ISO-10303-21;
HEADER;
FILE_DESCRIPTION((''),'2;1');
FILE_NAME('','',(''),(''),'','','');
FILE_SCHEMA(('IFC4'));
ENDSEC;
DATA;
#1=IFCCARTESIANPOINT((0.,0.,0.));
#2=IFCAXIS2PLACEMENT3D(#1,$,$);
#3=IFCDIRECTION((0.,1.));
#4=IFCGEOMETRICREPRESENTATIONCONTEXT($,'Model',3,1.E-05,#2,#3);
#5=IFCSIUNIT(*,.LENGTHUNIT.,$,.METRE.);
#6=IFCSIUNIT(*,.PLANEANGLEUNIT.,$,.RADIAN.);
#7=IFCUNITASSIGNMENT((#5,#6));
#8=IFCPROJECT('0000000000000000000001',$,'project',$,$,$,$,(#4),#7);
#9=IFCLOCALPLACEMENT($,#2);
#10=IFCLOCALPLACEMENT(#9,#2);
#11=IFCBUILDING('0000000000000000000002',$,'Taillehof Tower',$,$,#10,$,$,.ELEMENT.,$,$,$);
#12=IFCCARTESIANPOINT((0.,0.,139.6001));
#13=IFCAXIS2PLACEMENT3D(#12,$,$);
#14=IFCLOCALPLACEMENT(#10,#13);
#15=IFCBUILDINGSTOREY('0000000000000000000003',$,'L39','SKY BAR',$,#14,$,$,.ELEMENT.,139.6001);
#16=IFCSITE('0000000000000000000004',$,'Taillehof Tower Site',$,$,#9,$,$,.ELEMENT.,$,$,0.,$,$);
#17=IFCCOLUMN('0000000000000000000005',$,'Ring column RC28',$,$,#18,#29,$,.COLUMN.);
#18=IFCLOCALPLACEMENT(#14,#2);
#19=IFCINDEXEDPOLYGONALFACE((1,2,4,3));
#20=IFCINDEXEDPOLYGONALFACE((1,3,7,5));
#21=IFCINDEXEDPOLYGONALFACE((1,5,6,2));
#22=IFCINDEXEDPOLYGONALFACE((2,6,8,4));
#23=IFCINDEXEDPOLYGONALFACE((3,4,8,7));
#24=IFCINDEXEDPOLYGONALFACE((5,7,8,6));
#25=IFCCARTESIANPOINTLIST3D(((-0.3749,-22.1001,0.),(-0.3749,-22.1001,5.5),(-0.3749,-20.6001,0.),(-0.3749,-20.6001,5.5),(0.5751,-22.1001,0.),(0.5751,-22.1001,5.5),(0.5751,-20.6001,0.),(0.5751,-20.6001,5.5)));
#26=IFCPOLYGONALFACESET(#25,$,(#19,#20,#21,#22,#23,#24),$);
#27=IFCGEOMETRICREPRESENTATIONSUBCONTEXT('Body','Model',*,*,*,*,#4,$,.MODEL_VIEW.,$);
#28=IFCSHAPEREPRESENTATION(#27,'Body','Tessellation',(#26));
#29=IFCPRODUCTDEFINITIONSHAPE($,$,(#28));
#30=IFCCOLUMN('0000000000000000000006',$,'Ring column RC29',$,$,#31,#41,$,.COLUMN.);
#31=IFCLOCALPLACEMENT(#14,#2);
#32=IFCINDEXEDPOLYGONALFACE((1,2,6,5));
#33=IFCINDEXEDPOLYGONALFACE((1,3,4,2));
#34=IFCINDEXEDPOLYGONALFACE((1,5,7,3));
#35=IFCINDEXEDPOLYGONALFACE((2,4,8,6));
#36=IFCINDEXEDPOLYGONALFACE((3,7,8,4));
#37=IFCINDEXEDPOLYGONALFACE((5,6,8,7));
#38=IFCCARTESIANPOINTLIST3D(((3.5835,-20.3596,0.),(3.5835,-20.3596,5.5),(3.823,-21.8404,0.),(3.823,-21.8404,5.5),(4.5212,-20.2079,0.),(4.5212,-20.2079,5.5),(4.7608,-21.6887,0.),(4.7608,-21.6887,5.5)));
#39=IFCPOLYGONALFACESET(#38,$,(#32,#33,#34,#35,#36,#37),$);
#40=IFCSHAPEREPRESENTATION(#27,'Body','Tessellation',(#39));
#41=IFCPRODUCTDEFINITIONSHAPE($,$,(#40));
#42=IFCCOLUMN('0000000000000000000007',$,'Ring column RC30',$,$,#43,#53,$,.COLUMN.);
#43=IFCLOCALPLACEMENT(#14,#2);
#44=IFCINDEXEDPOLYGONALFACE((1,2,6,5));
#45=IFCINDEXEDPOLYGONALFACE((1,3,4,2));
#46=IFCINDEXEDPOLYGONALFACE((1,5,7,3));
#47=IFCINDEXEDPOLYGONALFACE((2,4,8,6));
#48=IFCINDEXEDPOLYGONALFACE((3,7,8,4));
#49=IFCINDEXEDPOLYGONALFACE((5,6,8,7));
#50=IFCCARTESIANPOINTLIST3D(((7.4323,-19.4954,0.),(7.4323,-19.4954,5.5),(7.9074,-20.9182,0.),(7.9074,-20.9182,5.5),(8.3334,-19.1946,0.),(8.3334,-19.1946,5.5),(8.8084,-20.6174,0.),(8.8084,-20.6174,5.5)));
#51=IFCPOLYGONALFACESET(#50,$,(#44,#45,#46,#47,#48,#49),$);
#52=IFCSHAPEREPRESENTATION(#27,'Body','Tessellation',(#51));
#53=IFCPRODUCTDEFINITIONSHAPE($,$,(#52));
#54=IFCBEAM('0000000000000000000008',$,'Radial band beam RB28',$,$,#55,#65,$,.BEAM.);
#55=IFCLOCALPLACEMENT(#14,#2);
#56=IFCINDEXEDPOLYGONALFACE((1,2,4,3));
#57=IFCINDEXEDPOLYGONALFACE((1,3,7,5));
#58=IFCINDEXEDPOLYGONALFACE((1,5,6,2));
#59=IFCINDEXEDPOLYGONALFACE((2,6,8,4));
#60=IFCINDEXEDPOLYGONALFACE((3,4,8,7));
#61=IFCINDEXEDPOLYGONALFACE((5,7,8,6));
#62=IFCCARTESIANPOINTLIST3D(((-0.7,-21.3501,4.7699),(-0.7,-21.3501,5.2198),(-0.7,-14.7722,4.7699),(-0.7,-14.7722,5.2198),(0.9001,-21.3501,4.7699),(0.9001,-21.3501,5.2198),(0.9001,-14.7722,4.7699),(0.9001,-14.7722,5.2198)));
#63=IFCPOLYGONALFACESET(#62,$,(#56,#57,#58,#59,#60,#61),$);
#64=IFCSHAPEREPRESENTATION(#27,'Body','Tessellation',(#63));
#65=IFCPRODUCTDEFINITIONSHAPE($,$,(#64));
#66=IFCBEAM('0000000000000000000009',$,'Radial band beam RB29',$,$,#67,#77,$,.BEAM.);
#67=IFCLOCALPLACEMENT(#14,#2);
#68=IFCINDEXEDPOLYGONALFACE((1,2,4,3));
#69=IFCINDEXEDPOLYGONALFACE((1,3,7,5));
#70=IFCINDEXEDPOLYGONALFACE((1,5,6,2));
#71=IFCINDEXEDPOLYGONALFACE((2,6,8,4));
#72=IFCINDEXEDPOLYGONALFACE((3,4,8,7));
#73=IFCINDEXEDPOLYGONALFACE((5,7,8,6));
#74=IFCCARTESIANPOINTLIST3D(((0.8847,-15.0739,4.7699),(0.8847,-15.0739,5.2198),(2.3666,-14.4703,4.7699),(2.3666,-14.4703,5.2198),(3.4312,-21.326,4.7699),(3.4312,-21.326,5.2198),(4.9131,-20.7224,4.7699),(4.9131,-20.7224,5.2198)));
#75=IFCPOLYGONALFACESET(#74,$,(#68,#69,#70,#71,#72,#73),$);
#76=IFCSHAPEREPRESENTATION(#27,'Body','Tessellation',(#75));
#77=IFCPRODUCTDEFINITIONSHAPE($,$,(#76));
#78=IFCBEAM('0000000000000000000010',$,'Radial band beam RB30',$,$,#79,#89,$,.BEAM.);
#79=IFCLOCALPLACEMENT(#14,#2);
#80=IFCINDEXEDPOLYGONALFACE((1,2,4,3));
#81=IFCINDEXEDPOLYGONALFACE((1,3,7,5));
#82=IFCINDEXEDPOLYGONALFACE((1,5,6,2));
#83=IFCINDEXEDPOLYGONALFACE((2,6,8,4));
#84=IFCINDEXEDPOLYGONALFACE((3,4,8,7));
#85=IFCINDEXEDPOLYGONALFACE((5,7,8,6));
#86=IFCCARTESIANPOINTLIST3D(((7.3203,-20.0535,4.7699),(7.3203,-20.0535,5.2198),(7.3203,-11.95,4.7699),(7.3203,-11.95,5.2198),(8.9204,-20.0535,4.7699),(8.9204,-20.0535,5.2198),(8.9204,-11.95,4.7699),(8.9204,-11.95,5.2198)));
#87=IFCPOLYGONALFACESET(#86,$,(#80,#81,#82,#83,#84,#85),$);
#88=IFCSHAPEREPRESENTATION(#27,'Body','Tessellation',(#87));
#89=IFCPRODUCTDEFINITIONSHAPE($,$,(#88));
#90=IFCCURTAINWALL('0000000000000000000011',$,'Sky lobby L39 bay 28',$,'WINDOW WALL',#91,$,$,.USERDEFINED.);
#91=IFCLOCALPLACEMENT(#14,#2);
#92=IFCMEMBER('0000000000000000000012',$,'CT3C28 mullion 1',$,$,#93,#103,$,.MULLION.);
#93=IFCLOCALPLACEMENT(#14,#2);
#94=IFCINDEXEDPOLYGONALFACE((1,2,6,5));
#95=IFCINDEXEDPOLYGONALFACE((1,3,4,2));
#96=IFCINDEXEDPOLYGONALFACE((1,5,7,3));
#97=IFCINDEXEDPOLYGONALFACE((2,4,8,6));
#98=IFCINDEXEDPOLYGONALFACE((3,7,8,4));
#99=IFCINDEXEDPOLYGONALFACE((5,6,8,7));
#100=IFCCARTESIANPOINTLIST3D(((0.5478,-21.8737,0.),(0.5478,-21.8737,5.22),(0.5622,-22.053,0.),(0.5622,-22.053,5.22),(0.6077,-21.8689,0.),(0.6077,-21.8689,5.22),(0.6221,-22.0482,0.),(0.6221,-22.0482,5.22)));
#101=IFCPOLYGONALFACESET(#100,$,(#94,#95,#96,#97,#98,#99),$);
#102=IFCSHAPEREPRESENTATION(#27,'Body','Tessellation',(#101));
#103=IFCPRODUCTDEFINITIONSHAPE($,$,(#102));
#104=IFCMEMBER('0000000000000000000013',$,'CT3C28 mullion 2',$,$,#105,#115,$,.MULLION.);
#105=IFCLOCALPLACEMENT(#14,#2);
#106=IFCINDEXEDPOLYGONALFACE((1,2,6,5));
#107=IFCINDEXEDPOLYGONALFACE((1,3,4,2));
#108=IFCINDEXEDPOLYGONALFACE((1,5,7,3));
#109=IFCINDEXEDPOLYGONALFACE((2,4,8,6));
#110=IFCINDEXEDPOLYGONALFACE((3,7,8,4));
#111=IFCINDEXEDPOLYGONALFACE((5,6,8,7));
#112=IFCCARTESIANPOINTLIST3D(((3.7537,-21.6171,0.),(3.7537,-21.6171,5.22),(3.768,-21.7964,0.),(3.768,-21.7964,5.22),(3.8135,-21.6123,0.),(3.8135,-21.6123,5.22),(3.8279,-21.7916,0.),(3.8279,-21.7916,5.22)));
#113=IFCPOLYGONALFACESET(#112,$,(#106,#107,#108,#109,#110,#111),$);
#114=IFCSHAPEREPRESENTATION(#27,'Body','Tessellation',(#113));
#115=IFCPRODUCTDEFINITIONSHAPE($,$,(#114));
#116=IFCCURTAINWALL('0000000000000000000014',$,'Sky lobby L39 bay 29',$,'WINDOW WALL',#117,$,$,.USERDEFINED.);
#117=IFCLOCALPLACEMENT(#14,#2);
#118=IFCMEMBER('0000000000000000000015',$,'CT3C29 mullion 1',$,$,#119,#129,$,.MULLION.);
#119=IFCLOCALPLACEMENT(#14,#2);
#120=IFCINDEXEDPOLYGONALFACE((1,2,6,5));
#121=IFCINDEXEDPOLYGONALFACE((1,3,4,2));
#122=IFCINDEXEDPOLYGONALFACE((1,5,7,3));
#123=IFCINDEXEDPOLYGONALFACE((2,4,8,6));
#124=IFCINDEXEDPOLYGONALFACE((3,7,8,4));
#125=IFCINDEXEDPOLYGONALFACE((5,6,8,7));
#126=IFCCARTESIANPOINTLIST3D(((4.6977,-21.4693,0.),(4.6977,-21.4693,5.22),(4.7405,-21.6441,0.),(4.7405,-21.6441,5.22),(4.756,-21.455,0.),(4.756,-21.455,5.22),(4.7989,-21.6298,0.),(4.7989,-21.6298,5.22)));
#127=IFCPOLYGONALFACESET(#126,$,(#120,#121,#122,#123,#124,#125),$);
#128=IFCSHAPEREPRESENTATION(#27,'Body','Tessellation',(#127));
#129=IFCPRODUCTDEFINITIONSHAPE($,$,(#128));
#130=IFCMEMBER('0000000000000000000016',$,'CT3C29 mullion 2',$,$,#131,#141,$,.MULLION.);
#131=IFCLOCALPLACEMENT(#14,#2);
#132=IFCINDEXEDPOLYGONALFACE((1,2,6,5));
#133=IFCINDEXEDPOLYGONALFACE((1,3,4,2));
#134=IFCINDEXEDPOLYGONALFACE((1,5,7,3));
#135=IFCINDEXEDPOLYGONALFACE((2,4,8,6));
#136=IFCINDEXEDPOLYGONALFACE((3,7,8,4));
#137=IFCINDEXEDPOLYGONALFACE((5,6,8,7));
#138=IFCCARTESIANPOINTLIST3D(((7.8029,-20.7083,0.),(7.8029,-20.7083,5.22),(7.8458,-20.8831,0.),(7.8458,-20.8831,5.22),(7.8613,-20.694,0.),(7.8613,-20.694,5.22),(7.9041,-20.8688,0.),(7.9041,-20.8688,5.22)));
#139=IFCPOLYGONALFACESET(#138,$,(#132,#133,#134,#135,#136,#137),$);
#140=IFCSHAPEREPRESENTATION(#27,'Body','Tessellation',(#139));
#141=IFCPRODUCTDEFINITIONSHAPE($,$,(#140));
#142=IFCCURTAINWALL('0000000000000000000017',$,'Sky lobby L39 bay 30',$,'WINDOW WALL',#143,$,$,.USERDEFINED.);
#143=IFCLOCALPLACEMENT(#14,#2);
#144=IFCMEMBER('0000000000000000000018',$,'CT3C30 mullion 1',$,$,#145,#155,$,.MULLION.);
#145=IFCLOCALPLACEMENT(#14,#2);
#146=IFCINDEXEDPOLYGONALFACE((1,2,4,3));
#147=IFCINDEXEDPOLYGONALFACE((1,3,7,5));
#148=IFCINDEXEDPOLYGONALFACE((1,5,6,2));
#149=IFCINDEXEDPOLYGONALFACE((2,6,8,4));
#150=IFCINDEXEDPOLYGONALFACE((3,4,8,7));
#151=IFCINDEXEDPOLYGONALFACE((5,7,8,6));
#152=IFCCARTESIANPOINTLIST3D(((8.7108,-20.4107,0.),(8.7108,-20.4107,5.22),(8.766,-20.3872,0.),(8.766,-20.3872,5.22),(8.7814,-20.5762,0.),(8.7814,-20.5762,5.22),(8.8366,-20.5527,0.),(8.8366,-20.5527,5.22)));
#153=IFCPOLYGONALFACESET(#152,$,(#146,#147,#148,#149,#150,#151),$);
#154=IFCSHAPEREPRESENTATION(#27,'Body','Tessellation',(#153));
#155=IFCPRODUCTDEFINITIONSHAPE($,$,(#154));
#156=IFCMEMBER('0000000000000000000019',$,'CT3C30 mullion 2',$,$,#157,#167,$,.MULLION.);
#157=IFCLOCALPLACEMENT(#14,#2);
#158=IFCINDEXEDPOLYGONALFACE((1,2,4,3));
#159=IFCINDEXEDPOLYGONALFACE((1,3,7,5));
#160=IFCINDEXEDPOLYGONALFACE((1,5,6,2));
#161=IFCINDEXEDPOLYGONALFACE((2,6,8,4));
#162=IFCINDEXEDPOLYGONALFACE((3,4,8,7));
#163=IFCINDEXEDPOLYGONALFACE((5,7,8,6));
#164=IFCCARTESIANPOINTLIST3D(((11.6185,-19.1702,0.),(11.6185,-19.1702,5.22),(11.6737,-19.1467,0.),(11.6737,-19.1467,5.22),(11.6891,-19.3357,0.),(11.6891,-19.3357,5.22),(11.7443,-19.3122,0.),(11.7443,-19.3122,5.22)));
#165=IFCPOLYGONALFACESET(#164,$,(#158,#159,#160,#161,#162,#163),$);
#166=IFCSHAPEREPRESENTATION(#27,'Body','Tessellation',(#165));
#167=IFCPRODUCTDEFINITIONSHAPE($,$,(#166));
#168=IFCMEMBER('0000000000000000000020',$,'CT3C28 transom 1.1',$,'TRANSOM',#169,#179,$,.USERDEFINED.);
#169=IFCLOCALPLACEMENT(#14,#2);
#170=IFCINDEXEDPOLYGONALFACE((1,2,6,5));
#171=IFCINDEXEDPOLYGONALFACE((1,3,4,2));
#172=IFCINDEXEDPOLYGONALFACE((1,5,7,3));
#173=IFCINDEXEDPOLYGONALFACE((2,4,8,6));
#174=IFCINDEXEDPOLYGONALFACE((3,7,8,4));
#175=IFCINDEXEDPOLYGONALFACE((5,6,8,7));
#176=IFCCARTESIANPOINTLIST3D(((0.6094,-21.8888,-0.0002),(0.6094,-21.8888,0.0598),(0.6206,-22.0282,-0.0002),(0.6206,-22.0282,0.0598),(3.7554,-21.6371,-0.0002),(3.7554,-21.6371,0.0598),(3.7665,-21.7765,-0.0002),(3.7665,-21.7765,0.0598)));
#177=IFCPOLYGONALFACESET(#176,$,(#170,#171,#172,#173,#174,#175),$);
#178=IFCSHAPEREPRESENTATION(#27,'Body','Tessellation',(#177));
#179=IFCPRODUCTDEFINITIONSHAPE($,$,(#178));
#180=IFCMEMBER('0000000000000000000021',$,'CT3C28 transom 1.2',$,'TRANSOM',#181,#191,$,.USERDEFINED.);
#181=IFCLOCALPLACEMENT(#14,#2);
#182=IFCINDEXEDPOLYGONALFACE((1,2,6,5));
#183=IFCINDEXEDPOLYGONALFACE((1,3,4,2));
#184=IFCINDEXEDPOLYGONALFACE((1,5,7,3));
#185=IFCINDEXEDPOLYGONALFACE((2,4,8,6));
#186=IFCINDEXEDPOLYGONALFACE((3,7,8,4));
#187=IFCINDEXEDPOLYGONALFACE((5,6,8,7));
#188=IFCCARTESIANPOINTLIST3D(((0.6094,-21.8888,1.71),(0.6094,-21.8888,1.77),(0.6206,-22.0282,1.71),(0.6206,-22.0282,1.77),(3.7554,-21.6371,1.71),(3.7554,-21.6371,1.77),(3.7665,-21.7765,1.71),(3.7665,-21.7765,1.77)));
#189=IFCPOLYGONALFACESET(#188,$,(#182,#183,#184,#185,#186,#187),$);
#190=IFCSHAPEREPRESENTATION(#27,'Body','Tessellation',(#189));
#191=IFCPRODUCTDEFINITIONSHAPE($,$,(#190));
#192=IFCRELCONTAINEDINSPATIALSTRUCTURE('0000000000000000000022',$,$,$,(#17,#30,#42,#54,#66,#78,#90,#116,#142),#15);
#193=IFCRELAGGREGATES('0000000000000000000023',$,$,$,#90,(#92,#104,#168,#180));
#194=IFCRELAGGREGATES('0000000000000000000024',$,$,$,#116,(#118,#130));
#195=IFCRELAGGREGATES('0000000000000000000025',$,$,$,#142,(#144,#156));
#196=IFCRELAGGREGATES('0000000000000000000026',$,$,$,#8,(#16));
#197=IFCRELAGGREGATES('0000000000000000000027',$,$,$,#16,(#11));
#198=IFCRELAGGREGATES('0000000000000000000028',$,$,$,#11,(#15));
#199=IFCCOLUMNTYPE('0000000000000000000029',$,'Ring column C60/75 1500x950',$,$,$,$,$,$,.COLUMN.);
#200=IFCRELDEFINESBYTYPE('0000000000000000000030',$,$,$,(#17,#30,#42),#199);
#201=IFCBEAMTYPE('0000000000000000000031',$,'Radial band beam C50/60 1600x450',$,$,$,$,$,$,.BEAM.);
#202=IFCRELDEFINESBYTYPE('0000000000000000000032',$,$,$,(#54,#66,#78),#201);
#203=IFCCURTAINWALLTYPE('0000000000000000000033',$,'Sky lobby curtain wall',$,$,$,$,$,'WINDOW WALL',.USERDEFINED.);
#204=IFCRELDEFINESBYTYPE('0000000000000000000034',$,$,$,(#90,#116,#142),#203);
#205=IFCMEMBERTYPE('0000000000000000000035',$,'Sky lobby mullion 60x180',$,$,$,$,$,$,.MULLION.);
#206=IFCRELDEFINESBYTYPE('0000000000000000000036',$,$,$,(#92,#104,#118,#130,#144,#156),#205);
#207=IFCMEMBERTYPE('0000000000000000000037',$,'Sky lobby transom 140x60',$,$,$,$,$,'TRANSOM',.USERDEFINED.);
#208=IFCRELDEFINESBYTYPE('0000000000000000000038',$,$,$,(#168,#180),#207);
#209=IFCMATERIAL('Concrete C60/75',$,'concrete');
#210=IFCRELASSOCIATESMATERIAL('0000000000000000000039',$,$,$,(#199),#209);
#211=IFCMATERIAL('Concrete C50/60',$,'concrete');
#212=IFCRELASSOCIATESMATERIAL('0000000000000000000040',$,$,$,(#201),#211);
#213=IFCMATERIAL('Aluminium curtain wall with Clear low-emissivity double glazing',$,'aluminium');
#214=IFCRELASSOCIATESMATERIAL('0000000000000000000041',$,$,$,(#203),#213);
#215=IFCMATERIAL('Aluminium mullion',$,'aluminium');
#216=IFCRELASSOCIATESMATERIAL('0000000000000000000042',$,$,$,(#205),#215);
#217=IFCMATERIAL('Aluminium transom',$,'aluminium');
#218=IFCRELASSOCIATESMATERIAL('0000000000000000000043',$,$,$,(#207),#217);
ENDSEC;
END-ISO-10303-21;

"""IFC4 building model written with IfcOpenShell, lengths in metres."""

from ifc_helpers import new_model, si_unit, direction, frame, origin, origin_2d, place, context, subcontext, project, spatial, rectangle, extrude, material, material_profile, profile_set, type_object, element, aggregate, save


model = new_model("IFC4")

# Units and contexts
model_context = context("Model", 3, precision=1e-05, world=origin(), true_north=direction((0.0, 1.0)))
body_context = subcontext(model_context, "Body", "Model", "MODEL_VIEW")
ifc_project = project(units=[si_unit("LENGTHUNIT", "METRE"), si_unit("PLANEANGLEUNIT", "RADIAN")], contexts=[model_context])

# Site, building, storey
site_placement = place(None, origin())
site = spatial("IfcSite", under=ifc_project, at=site_placement, Name="Taillehof Tower Site", CompositionType="ELEMENT", RefElevation=0.0)
building_placement = place(site_placement, origin())
building = spatial("IfcBuilding", under=site, at=building_placement, Name="Taillehof Tower", CompositionType="ELEMENT")
storey_placement = place(building_placement, frame((0.0, 0.0, 139.6001)))
storey = spatial("IfcBuildingStorey", under=building, at=storey_placement, Name="L39", Description="SKY BAR", CompositionType="ELEMENT", Elevation=139.6001)

# Columns
ifc_material_1 = material(Name="Concrete C60/75", Category="concrete")
ifc_material_profile_1 = material_profile(ifc_material_1, rectangle(XDim=1.5, YDim=0.95, at=origin_2d()), Name="RC 1500x950")
ifc_profile_set_1 = profile_set([ifc_material_profile_1], Name="Concrete C60/75")
column_type = type_object("IfcColumnType", Name="Ring column C60/75 1500x950", PredefinedType="COLUMN", material=ifc_profile_set_1)
for number, where, z_axis, x_axis, name in (
    (1, (0.1001, -21.3501, 0.0), (0.0, 0.0, 1.0), (0.0, -1.0, 0.0), "Ring column RC28"),
    (2, (4.1721, -21.0242, 0.0), (0.0, 0.0, 1.0), (0.159679, -0.987169, 0.0), "Ring column RC29"),
    (3, (8.1204, -20.0564, 0.0), (0.0, 0.0, 1.0), (0.316703, -0.948525, 0.0), "Ring column RC30"),
):
    element("IfcColumn", number, at=place(storey_placement, frame(where, z_axis=z_axis, x_axis=x_axis)), inside=storey, type_object=column_type, Name=name, PredefinedType="COLUMN", context=body_context, shape_type="SweptSolid", body=[
        extrude(rectangle(XDim=1.5, YDim=0.95, at=origin_2d()), origin(), (0.0, 0.0, 1.0), 5.5),
    ])

# Beams
ifc_material_2 = material(Name="Concrete C50/60", Category="concrete")
ifc_material_profile_2 = material_profile(ifc_material_2, rectangle(XDim=1.6001, YDim=0.45, at=origin_2d()), Name="RC 1600x450")
ifc_profile_set_2 = profile_set([ifc_material_profile_2], Name="Concrete C50/60")
beam_type_1 = type_object("IfcBeamType", Name="Radial band beam C50/60 1600x450", PredefinedType="BEAM", material=ifc_profile_set_2)
beam_1_placement = place(storey_placement, frame((0.1001, -21.3501, 4.9949), z_axis=(0.0, 1.0, 0.0), x_axis=(-1.0, 0.0, 0.0)))
element("IfcBeam", 4, at=beam_1_placement, inside=storey, type_object=beam_type_1, Name="Radial band beam RB28", PredefinedType="BEAM", context=body_context, shape_type="SweptSolid", body=[
    extrude(rectangle(XDim=1.6001, YDim=0.45, at=origin_2d()), origin(), (0.0, 0.0, 1.0), 6.5779),
])
beam_2_placement = place(storey_placement, frame((4.1721, -21.0242, 4.9949), z_axis=(-0.377207, 0.926129, 0.0), x_axis=(-0.926129, -0.377207, 0.0)))
element("IfcBeam", 5, at=beam_2_placement, inside=storey, type_object=beam_type_1, Name="Radial band beam RB29", PredefinedType="BEAM", context=body_context, shape_type="SweptSolid", body=[
    extrude(rectangle(XDim=1.6001, YDim=0.45, at=origin_2d()), origin(), (0.0, 0.0, 1.0), 6.7507),
])
beam_3_placement = place(storey_placement, frame((8.1204, -20.0535, 4.9949), z_axis=(0.0, 1.0, 0.0), x_axis=(-1.0, 0.0, 0.0)))
element("IfcBeam", 6, at=beam_3_placement, inside=storey, type_object=beam_type_1, Name="Radial band beam RB30", PredefinedType="BEAM", context=body_context, shape_type="SweptSolid", body=[
    extrude(rectangle(XDim=1.6001, YDim=0.45, at=origin_2d()), origin(), (0.0, 0.0, 1.0), 8.1035),
])

# Curtain walls, members
ifc_material_3 = material(Name="Aluminium curtain wall with Clear low-emissivity double glazing", Category="aluminium")
curtain_wall_type = type_object("IfcCurtainWallType", Name="Sky lobby curtain wall", ElementType="WINDOW WALL", PredefinedType="USERDEFINED", material=ifc_material_3)
curtain_wall_1_placement = place(storey_placement, origin())
curtain_wall_1 = element("IfcCurtainWall", 7, at=curtain_wall_1_placement, inside=storey, type_object=curtain_wall_type, Name="Sky lobby L39 bay 28", ObjectType="WINDOW WALL", PredefinedType="USERDEFINED")
ifc_material_4 = material(Name="Aluminium mullion", Category="aluminium")
ifc_material_profile_3 = material_profile(ifc_material_4, rectangle(XDim=0.1799, YDim=0.0601, at=origin_2d()), Name="AL 60x180")
ifc_profile_set_3 = profile_set([ifc_material_profile_3], Name="Aluminium mullion")
member_type_1 = type_object("IfcMemberType", Name="Sky lobby mullion 60x180", PredefinedType="MULLION", material=ifc_profile_set_3)
member_1_placement = place(storey_placement, frame((0.585, -21.9609, 0.0), z_axis=(0.0, 0.0, 1.0), x_axis=(-0.079781, 0.996812, 0.0)))
member_1 = element("IfcMember", 8, at=member_1_placement, type_object=member_type_1, Name="CT3C28 mullion 1", PredefinedType="MULLION", context=body_context, shape_type="SweptSolid", body=[
    extrude(rectangle(XDim=0.1799, YDim=0.0601, at=origin_2d()), origin(), (0.0, 0.0, 1.0), 5.22),
])
member_2_placement = place(storey_placement, frame((3.7908, -21.7043, 0.0), z_axis=(0.0, 0.0, 1.0), x_axis=(-0.079781, 0.996812, 0.0)))
member_2 = element("IfcMember", 9, at=member_2_placement, type_object=member_type_1, Name="CT3C28 mullion 2", PredefinedType="MULLION", context=body_context, shape_type="SweptSolid", body=[
    extrude(rectangle(XDim=0.1799, YDim=0.0601, at=origin_2d()), origin(), (0.0, 0.0, 1.0), 5.22),
])
curtain_wall_2_placement = place(storey_placement, origin())
curtain_wall_2 = element("IfcCurtainWall", 10, at=curtain_wall_2_placement, inside=storey, type_object=curtain_wall_type, Name="Sky lobby L39 bay 29", ObjectType="WINDOW WALL", PredefinedType="USERDEFINED")
member_3_placement = place(storey_placement, frame((4.7483, -21.5496, 0.0), z_axis=(0.0, 0.0, 1.0), x_axis=(-0.238077, 0.971246, 0.0)))
member_3 = element("IfcMember", 11, at=member_3_placement, type_object=member_type_1, Name="CT3C29 mullion 1", PredefinedType="MULLION", context=body_context, shape_type="SweptSolid", body=[
    extrude(rectangle(XDim=0.1799, YDim=0.0601, at=origin_2d()), origin(), (0.0, 0.0, 1.0), 5.22),
])
member_4_placement = place(storey_placement, frame((7.8535, -20.7886, 0.0), z_axis=(0.0, 0.0, 1.0), x_axis=(-0.238077, 0.971246, 0.0)))
member_4 = element("IfcMember", 12, at=member_4_placement, type_object=member_type_1, Name="CT3C29 mullion 2", PredefinedType="MULLION", context=body_context, shape_type="SweptSolid", body=[
    extrude(rectangle(XDim=0.1799, YDim=0.0601, at=origin_2d()), origin(), (0.0, 0.0, 1.0), 5.22),
])
curtain_wall_3_placement = place(storey_placement, origin())
curtain_wall_3 = element("IfcCurtainWall", 13, at=curtain_wall_3_placement, inside=storey, type_object=curtain_wall_type, Name="Sky lobby L39 bay 30", ObjectType="WINDOW WALL", PredefinedType="USERDEFINED")
member_5_placement = place(storey_placement, frame((8.7737, -20.4817, 0.0), z_axis=(0.0, 0.0, 1.0), x_axis=(-0.392379, 0.919804, 0.0)))
member_5 = element("IfcMember", 14, at=member_5_placement, type_object=member_type_1, Name="CT3C30 mullion 1", PredefinedType="MULLION", context=body_context, shape_type="SweptSolid", body=[
    extrude(rectangle(XDim=0.1799, YDim=0.0601, at=origin_2d()), origin(), (0.0, 0.0, 1.0), 5.22),
])
member_6_placement = place(storey_placement, frame((11.6814, -19.2412, 0.0), z_axis=(0.0, 0.0, 1.0), x_axis=(-0.392379, 0.919804, 0.0)))
member_6 = element("IfcMember", 15, at=member_6_placement, type_object=member_type_1, Name="CT3C30 mullion 2", PredefinedType="MULLION", context=body_context, shape_type="SweptSolid", body=[
    extrude(rectangle(XDim=0.1799, YDim=0.0601, at=origin_2d()), origin(), (0.0, 0.0, 1.0), 5.22),
])

# Members
ifc_material_5 = material(Name="Aluminium transom", Category="aluminium")
ifc_material_profile_4 = material_profile(ifc_material_5, rectangle(XDim=0.1399, YDim=0.0601, at=origin_2d()), Name="AL 140x60")
ifc_profile_set_4 = profile_set([ifc_material_profile_4], Name="Aluminium transom")
member_type_2 = type_object("IfcMemberType", Name="Sky lobby transom 140x60", ElementType="TRANSOM", PredefinedType="USERDEFINED", material=ifc_profile_set_4)
member_7_placement = place(storey_placement, frame((0.615, -21.9585, 0.0298), z_axis=(0.996815, 0.079754, 0.0), x_axis=(-0.079754, 0.996815, 0.0)))
member_7 = element("IfcMember", 16, at=member_7_placement, type_object=member_type_2, Name="CT3C28 transom 1.1", ObjectType="TRANSOM", PredefinedType="USERDEFINED", context=body_context, shape_type="SweptSolid", body=[
    extrude(rectangle(XDim=0.1399, YDim=0.0601, at=origin_2d()), origin(), (0.0, 0.0, 1.0), 3.156),
])
member_8_placement = place(storey_placement, frame((0.615, -21.9585, 1.74), z_axis=(0.996815, 0.079754, 0.0), x_axis=(-0.079754, 0.996815, 0.0)))
member_8 = element("IfcMember", 17, at=member_8_placement, type_object=member_type_2, Name="CT3C28 transom 1.2", ObjectType="TRANSOM", PredefinedType="USERDEFINED", context=body_context, shape_type="SweptSolid", body=[
    extrude(rectangle(XDim=0.1399, YDim=0.0601, at=origin_2d()), origin(), (0.0, 0.0, 1.0), 3.156),
])

aggregate(curtain_wall_1, [member_1, member_2, member_7, member_8])
aggregate(curtain_wall_2, [member_3, member_4])
aggregate(curtain_wall_3, [member_5, member_6])

save(model, "model.ifc")
